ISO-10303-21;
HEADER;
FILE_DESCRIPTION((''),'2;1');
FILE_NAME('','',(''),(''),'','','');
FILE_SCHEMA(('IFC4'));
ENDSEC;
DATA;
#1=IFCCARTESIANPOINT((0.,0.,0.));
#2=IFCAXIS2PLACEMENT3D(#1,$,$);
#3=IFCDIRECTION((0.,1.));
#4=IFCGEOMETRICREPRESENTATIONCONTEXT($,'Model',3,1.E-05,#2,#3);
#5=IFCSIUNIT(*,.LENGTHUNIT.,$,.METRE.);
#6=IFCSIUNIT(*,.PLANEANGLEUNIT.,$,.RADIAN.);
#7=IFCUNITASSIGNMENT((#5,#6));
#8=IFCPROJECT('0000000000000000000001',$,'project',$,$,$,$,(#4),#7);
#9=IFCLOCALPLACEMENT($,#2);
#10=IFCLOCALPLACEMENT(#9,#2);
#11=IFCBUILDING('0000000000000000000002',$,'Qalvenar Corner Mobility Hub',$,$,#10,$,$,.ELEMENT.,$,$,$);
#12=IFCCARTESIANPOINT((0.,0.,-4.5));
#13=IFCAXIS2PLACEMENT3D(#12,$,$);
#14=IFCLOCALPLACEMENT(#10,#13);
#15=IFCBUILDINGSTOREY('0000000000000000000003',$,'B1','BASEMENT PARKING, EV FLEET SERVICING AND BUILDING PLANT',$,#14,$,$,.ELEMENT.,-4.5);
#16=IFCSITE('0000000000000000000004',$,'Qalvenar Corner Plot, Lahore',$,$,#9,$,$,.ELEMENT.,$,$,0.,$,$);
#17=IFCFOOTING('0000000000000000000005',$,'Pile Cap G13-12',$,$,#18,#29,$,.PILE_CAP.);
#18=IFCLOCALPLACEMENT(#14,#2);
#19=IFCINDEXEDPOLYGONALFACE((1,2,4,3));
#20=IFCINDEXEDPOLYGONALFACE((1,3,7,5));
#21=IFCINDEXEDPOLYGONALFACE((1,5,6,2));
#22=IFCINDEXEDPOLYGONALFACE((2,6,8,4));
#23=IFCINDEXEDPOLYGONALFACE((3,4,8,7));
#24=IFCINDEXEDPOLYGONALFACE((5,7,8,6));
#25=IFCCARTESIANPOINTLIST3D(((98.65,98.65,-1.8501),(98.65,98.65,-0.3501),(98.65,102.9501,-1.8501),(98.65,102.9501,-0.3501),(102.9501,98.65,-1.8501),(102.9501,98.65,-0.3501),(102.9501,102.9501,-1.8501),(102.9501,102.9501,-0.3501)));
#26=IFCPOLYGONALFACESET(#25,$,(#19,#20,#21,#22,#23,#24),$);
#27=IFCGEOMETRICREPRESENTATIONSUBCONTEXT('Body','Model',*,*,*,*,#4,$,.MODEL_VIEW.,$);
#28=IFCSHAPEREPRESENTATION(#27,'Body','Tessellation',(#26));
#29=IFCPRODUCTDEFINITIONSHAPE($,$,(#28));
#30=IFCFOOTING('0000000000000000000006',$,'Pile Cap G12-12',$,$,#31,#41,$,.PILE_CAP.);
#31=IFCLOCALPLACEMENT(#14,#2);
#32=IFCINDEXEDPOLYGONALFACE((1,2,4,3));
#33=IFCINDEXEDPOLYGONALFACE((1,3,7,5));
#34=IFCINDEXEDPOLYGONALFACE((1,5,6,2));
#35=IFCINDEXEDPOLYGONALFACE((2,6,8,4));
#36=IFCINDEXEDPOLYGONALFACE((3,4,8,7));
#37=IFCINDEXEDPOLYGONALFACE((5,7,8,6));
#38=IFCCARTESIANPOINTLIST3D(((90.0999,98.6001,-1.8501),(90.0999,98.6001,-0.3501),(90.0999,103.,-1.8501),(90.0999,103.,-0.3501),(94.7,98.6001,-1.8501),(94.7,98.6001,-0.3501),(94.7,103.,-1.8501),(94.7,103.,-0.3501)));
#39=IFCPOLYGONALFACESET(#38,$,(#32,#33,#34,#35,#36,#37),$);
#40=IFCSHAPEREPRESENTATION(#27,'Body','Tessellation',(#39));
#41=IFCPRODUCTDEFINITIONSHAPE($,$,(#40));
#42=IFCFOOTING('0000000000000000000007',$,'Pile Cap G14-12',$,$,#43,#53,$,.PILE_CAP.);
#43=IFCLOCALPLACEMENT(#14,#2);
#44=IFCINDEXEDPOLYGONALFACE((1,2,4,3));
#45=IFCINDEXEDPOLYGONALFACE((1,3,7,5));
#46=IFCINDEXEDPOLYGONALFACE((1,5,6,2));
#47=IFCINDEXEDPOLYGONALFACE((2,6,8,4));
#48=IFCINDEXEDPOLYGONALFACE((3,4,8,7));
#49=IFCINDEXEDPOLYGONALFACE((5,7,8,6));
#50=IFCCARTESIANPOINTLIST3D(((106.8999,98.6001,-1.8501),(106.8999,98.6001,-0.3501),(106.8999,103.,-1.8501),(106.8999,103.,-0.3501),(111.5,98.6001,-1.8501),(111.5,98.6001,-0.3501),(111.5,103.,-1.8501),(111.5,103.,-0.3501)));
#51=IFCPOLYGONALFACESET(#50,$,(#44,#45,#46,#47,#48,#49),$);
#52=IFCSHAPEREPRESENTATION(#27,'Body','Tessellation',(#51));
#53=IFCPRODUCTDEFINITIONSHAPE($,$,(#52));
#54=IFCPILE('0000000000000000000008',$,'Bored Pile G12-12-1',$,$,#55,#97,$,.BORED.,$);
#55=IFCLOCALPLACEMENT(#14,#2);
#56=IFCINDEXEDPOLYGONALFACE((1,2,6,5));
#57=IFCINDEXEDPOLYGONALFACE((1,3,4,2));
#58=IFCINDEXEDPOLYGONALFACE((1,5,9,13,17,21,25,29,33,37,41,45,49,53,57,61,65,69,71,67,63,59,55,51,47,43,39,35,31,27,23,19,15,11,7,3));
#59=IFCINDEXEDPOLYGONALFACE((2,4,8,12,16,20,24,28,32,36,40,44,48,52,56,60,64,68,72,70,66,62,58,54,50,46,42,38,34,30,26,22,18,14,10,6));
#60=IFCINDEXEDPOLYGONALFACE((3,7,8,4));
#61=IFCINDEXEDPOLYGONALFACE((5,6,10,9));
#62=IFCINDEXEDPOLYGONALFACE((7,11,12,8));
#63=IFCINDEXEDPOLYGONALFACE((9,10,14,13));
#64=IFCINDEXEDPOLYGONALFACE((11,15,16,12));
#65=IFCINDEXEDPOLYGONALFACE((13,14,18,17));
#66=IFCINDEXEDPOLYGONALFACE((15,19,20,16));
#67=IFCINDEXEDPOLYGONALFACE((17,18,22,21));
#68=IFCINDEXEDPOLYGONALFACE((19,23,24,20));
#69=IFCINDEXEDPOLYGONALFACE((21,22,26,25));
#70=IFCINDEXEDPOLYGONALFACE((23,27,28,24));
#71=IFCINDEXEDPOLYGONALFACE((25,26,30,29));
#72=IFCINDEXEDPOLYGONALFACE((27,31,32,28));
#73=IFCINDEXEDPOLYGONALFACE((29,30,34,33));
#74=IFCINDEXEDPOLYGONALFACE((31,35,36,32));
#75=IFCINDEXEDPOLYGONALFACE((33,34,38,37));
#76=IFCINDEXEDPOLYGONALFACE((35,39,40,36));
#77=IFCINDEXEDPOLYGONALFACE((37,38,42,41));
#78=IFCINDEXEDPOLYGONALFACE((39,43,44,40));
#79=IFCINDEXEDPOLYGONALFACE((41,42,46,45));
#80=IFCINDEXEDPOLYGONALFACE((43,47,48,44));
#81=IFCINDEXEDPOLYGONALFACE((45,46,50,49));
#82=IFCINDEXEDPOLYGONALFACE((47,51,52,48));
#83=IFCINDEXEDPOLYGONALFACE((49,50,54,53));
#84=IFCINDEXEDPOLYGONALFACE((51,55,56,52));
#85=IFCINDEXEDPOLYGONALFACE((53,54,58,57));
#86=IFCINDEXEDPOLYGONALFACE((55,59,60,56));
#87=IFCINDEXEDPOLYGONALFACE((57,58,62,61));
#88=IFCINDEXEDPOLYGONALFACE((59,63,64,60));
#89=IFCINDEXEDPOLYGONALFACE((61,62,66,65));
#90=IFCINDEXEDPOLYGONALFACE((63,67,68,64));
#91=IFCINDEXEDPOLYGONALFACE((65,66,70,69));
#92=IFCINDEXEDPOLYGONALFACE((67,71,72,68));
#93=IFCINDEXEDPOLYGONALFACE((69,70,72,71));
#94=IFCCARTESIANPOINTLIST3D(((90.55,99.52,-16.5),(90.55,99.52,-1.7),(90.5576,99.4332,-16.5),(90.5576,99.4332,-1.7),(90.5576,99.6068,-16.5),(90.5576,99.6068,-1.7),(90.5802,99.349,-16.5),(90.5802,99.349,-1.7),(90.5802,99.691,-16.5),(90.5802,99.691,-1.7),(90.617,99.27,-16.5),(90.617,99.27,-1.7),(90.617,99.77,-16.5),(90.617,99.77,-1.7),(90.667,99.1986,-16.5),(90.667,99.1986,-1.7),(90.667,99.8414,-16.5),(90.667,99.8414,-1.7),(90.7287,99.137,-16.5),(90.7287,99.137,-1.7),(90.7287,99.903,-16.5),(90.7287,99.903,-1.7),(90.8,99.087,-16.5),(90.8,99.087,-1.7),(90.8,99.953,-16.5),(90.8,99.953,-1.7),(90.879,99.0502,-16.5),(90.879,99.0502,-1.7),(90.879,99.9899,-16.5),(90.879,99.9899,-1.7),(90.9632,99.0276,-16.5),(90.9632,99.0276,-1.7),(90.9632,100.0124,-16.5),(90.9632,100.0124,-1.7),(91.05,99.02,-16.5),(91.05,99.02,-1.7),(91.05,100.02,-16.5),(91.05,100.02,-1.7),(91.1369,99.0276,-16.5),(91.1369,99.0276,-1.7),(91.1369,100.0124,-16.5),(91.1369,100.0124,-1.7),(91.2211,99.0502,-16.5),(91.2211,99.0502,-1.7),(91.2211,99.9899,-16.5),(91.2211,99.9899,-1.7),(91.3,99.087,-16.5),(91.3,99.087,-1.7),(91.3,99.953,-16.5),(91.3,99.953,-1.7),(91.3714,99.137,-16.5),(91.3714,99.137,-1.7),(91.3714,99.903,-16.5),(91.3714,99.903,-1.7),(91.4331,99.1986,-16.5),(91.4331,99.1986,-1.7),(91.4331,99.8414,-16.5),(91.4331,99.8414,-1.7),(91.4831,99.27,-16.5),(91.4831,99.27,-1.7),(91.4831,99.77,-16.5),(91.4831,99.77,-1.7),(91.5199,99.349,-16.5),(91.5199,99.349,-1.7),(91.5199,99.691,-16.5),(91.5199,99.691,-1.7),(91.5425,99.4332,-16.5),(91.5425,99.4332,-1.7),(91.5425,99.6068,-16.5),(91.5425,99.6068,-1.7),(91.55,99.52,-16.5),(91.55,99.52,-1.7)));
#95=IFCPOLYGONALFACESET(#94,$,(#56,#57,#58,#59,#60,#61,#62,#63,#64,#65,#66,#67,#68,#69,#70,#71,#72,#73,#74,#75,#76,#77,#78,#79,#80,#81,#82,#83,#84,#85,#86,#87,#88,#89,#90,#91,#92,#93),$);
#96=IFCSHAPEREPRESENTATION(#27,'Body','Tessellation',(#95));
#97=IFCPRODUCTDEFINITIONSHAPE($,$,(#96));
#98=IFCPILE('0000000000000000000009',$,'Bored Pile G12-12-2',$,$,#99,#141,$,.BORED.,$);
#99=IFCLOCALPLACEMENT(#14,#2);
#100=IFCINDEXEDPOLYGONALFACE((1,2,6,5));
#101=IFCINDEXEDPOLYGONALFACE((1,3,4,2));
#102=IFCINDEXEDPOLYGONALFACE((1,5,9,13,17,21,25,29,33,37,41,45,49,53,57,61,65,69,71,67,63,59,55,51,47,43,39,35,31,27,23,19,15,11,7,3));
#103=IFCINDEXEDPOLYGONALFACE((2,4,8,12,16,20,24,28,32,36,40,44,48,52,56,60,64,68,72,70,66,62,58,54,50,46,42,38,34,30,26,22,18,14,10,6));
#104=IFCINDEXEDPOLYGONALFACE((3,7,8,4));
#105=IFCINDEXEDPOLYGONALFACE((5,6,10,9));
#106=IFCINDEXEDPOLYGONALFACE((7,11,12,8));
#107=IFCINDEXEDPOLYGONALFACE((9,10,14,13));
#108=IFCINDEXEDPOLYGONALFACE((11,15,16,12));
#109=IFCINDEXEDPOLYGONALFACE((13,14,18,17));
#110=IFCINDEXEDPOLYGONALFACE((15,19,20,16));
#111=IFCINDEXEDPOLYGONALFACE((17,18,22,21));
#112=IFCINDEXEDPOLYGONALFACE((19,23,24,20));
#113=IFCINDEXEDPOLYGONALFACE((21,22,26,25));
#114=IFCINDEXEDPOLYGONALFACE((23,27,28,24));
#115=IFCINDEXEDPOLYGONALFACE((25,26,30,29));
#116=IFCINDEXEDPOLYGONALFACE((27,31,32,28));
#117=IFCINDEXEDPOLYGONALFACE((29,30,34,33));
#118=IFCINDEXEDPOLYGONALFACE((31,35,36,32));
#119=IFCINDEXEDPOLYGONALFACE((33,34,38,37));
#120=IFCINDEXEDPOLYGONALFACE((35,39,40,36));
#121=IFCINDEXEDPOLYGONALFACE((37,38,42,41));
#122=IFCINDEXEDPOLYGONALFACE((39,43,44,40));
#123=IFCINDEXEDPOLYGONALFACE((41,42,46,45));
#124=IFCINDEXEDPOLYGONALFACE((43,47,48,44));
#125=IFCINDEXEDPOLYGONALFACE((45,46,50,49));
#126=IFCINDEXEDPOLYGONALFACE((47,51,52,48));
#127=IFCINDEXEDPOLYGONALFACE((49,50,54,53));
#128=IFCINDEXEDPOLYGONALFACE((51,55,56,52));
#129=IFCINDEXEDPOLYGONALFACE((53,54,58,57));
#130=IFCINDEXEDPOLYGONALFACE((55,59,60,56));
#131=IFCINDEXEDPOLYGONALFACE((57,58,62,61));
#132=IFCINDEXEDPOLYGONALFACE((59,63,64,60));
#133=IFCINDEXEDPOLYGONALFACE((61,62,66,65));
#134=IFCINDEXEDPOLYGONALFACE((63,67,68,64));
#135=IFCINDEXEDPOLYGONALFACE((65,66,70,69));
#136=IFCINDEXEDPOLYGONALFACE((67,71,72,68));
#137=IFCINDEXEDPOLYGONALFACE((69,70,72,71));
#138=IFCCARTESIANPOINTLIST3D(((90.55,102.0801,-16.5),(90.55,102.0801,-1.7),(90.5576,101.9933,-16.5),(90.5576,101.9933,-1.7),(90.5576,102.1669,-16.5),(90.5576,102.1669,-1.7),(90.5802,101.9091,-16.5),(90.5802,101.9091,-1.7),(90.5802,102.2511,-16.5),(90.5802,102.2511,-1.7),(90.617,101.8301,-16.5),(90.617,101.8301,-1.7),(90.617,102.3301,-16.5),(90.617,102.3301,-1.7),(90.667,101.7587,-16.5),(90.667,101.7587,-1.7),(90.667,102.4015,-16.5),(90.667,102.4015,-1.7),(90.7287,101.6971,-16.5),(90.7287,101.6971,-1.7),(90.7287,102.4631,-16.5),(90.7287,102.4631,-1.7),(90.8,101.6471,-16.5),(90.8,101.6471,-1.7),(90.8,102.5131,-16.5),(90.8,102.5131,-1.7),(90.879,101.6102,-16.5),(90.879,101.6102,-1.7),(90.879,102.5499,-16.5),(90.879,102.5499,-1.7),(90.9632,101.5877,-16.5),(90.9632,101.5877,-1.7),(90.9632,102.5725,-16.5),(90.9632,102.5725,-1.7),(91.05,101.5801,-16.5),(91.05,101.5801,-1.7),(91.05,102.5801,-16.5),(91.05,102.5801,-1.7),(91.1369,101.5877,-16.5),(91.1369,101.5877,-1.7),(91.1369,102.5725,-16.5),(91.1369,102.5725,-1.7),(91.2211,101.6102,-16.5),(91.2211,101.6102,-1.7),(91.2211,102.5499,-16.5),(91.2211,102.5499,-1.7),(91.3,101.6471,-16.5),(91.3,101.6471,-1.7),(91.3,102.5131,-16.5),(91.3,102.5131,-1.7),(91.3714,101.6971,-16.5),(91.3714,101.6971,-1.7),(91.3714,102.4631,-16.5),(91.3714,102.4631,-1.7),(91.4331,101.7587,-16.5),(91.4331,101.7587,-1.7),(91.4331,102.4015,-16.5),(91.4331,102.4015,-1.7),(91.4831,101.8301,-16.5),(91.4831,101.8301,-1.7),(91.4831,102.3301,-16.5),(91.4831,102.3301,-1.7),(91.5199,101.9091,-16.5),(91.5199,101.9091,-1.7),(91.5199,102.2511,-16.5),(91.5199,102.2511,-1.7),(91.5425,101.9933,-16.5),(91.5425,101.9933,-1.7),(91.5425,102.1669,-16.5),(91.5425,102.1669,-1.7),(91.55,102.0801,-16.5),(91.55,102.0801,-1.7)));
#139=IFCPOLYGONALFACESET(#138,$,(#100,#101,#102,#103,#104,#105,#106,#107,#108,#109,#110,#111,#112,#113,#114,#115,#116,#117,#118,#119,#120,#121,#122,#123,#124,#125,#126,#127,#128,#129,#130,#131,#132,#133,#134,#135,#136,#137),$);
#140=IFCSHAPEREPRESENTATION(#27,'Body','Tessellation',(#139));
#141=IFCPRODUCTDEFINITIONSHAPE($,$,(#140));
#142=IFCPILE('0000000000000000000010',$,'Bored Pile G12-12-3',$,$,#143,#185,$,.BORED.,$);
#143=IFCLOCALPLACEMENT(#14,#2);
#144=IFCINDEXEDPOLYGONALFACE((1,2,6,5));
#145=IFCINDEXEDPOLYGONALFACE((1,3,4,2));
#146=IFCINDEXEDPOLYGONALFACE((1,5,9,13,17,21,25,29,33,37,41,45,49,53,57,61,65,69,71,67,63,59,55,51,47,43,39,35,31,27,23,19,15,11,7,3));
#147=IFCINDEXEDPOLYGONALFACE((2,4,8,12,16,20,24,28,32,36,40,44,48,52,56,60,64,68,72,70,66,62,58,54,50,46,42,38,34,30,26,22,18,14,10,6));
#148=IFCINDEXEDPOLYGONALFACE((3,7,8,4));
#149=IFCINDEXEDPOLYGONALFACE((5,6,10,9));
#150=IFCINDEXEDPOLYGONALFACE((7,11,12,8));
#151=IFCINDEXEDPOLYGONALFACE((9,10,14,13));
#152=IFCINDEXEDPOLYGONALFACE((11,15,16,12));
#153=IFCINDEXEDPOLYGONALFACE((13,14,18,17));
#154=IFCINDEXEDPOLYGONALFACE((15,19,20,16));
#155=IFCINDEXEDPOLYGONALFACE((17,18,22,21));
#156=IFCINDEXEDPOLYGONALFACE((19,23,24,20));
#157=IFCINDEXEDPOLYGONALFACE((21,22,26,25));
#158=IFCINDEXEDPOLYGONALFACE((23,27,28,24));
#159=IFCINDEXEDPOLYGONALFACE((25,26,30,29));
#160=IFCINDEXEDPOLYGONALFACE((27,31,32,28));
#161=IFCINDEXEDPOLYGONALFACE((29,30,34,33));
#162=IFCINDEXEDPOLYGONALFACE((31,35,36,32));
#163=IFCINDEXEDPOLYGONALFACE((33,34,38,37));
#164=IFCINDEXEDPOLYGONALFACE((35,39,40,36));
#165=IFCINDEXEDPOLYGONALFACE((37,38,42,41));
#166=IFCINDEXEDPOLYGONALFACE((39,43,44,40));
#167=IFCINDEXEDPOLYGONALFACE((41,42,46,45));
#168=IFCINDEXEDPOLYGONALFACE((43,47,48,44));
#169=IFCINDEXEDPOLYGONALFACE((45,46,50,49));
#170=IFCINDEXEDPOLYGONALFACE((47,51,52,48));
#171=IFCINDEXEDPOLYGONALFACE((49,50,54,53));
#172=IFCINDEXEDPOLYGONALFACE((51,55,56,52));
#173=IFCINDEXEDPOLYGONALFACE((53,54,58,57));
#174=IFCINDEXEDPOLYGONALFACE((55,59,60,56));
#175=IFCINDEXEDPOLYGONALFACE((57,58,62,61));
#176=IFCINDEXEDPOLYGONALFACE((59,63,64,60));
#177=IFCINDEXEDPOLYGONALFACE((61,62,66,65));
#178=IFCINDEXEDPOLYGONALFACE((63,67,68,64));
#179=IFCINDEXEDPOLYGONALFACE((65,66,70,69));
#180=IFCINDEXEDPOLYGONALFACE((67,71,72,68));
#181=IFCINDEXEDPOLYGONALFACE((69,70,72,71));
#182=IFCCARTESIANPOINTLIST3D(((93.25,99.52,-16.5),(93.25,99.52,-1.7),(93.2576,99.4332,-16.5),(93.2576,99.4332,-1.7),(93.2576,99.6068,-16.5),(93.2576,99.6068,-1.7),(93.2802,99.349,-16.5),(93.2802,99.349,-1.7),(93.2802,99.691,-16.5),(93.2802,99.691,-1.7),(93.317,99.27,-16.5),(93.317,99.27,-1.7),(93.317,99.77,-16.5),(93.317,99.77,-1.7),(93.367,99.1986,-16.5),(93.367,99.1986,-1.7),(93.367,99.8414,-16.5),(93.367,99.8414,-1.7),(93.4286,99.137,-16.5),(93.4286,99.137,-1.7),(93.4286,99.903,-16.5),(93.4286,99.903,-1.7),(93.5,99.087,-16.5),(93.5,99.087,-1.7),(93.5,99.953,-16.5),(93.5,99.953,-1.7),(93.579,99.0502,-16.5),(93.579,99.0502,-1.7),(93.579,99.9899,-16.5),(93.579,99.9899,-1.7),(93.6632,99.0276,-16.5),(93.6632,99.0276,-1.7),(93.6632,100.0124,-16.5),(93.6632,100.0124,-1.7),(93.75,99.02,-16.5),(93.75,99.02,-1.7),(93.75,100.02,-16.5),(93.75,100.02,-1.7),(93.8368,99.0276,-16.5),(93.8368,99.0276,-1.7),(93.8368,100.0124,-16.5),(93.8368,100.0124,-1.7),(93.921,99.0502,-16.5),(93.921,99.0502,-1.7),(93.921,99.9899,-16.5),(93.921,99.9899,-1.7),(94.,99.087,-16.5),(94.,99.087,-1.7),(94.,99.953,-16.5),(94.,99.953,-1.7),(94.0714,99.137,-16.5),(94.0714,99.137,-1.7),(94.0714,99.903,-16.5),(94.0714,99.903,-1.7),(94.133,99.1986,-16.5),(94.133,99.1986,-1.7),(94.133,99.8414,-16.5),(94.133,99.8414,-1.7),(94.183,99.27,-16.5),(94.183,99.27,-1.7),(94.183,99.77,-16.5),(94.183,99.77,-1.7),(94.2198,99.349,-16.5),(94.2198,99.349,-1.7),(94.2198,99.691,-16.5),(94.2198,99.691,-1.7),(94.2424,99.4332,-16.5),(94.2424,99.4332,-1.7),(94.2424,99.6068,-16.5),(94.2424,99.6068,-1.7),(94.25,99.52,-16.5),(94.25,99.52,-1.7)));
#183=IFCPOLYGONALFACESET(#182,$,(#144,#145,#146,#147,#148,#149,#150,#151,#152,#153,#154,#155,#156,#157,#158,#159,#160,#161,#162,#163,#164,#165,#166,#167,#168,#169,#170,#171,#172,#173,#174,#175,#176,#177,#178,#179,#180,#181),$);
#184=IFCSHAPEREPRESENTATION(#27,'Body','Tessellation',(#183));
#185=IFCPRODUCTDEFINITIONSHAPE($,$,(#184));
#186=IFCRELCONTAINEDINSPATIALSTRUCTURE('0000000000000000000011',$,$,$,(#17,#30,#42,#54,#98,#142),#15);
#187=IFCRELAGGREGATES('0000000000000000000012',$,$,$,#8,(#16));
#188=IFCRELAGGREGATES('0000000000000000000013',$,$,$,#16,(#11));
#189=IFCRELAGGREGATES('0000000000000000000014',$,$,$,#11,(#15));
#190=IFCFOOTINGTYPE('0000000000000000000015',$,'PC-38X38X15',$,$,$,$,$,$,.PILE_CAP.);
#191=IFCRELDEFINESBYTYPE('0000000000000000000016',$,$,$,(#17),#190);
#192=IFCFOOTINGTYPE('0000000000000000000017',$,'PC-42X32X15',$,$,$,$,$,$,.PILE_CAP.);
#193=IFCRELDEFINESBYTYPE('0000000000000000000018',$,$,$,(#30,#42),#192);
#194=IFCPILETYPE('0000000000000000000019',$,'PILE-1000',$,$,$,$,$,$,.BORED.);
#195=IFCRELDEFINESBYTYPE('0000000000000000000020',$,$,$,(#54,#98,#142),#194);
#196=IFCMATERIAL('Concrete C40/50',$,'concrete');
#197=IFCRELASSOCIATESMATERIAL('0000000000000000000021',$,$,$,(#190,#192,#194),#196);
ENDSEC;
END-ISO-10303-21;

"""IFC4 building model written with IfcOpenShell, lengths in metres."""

from ifc_helpers import new_model, si_unit, direction, frame, origin, origin_2d, place, context, subcontext, project, spatial, rectangle, circle, extrude, material, material_profile, profile_set, type_object, element, save


model = new_model("IFC4")

# Units and contexts
model_context = context("Model", 3, precision=1e-05, world=origin(), true_north=direction((0.0, 1.0)))
body_context = subcontext(model_context, "Body", "Model", "MODEL_VIEW")
ifc_project = project(units=[si_unit("LENGTHUNIT", "METRE"), si_unit("PLANEANGLEUNIT", "RADIAN")], contexts=[model_context])

# Site, building, storey
site_placement = place(None, origin())
site = spatial("IfcSite", under=ifc_project, at=site_placement, Name="Qalvenar Corner Plot, Lahore", CompositionType="ELEMENT", RefElevation=0.0)
building_placement = place(site_placement, origin())
building = spatial("IfcBuilding", under=site, at=building_placement, Name="Qalvenar Corner Mobility Hub", CompositionType="ELEMENT")
storey_placement = place(building_placement, frame((0.0, 0.0, -4.5)))
storey = spatial("IfcBuildingStorey", under=building, at=storey_placement, Name="B1", Description="BASEMENT PARKING, EV FLEET SERVICING AND BUILDING PLANT", CompositionType="ELEMENT", Elevation=-4.5)

# Footings
ifc_material_1 = material(Name="Concrete C40/50", Category="concrete")
footing_type_1 = type_object("IfcFootingType", Name="PC-38X38X15", PredefinedType="PILE_CAP", material=ifc_material_1)
footing_1_placement = place(storey_placement, frame((100.8, 100.8, -1.8501), z_axis=(0.0, 0.0, 1.0), x_axis=(1.0, 0.0, 0.0)))
element("IfcFooting", 1, at=footing_1_placement, inside=storey, type_object=footing_type_1, Name="Pile Cap G13-12", PredefinedType="PILE_CAP", context=body_context, shape_type="SweptSolid", body=[
    extrude(rectangle(XDim=4.3, YDim=4.3, at=origin_2d()), origin(), (0.0, 0.0, 1.0), 1.5),
])
footing_type_2 = type_object("IfcFootingType", Name="PC-42X32X15", PredefinedType="PILE_CAP", material=ifc_material_1)
for number, where, z_axis, x_axis, name in (
    (2, (92.3999, 100.8, -1.8501), (0.0, 0.0, 1.0), (1.0, 0.0, 0.0), "Pile Cap G12-12"),
    (3, (109.2, 100.8, -1.8501), (0.0, 0.0, 1.0), (1.0, 0.0, 0.0), "Pile Cap G14-12"),
):
    element("IfcFooting", number, at=place(storey_placement, frame(where, z_axis=z_axis, x_axis=x_axis)), inside=storey, type_object=footing_type_2, Name=name, PredefinedType="PILE_CAP", context=body_context, shape_type="SweptSolid", body=[
        extrude(rectangle(XDim=4.6001, YDim=4.3999, at=origin_2d()), origin(), (0.0, 0.0, 1.0), 1.5),
    ])

# Piles
ifc_material_profile_1 = material_profile(ifc_material_1, circle(Radius=0.5, at=origin_2d()), Name="DIA1000")
ifc_profile_set_1 = profile_set([ifc_material_profile_1], Name="Concrete C40/50")
pile_type_1 = type_object("IfcPileType", Name="PILE-1000", PredefinedType="BORED", material=ifc_profile_set_1)
for number, where, z_axis, x_axis, name in (
    (4, (91.05, 99.52, -1.7), (0.0, 0.0, -1.0), (1.0, 0.0, 0.0), "Bored Pile G12-12-1"),
    (5, (91.05, 102.0801, -1.7), (0.0, 0.0, -1.0), (1.0, 0.0, 0.0), "Bored Pile G12-12-2"),
    (6, (93.75, 99.52, -1.7), (0.0, 0.0, -1.0), (1.0, 0.0, 0.0), "Bored Pile G12-12-3"),
):
    element("IfcPile", number, at=place(storey_placement, frame(where, z_axis=z_axis, x_axis=x_axis)), inside=storey, type_object=pile_type_1, Name=name, PredefinedType="BORED", context=body_context, shape_type="SweptSolid", body=[
        extrude(circle(Radius=0.5, at=origin_2d()), origin(), (0.0, 0.0, 1.0), 14.8),
    ])

save(model, "model.ifc")
